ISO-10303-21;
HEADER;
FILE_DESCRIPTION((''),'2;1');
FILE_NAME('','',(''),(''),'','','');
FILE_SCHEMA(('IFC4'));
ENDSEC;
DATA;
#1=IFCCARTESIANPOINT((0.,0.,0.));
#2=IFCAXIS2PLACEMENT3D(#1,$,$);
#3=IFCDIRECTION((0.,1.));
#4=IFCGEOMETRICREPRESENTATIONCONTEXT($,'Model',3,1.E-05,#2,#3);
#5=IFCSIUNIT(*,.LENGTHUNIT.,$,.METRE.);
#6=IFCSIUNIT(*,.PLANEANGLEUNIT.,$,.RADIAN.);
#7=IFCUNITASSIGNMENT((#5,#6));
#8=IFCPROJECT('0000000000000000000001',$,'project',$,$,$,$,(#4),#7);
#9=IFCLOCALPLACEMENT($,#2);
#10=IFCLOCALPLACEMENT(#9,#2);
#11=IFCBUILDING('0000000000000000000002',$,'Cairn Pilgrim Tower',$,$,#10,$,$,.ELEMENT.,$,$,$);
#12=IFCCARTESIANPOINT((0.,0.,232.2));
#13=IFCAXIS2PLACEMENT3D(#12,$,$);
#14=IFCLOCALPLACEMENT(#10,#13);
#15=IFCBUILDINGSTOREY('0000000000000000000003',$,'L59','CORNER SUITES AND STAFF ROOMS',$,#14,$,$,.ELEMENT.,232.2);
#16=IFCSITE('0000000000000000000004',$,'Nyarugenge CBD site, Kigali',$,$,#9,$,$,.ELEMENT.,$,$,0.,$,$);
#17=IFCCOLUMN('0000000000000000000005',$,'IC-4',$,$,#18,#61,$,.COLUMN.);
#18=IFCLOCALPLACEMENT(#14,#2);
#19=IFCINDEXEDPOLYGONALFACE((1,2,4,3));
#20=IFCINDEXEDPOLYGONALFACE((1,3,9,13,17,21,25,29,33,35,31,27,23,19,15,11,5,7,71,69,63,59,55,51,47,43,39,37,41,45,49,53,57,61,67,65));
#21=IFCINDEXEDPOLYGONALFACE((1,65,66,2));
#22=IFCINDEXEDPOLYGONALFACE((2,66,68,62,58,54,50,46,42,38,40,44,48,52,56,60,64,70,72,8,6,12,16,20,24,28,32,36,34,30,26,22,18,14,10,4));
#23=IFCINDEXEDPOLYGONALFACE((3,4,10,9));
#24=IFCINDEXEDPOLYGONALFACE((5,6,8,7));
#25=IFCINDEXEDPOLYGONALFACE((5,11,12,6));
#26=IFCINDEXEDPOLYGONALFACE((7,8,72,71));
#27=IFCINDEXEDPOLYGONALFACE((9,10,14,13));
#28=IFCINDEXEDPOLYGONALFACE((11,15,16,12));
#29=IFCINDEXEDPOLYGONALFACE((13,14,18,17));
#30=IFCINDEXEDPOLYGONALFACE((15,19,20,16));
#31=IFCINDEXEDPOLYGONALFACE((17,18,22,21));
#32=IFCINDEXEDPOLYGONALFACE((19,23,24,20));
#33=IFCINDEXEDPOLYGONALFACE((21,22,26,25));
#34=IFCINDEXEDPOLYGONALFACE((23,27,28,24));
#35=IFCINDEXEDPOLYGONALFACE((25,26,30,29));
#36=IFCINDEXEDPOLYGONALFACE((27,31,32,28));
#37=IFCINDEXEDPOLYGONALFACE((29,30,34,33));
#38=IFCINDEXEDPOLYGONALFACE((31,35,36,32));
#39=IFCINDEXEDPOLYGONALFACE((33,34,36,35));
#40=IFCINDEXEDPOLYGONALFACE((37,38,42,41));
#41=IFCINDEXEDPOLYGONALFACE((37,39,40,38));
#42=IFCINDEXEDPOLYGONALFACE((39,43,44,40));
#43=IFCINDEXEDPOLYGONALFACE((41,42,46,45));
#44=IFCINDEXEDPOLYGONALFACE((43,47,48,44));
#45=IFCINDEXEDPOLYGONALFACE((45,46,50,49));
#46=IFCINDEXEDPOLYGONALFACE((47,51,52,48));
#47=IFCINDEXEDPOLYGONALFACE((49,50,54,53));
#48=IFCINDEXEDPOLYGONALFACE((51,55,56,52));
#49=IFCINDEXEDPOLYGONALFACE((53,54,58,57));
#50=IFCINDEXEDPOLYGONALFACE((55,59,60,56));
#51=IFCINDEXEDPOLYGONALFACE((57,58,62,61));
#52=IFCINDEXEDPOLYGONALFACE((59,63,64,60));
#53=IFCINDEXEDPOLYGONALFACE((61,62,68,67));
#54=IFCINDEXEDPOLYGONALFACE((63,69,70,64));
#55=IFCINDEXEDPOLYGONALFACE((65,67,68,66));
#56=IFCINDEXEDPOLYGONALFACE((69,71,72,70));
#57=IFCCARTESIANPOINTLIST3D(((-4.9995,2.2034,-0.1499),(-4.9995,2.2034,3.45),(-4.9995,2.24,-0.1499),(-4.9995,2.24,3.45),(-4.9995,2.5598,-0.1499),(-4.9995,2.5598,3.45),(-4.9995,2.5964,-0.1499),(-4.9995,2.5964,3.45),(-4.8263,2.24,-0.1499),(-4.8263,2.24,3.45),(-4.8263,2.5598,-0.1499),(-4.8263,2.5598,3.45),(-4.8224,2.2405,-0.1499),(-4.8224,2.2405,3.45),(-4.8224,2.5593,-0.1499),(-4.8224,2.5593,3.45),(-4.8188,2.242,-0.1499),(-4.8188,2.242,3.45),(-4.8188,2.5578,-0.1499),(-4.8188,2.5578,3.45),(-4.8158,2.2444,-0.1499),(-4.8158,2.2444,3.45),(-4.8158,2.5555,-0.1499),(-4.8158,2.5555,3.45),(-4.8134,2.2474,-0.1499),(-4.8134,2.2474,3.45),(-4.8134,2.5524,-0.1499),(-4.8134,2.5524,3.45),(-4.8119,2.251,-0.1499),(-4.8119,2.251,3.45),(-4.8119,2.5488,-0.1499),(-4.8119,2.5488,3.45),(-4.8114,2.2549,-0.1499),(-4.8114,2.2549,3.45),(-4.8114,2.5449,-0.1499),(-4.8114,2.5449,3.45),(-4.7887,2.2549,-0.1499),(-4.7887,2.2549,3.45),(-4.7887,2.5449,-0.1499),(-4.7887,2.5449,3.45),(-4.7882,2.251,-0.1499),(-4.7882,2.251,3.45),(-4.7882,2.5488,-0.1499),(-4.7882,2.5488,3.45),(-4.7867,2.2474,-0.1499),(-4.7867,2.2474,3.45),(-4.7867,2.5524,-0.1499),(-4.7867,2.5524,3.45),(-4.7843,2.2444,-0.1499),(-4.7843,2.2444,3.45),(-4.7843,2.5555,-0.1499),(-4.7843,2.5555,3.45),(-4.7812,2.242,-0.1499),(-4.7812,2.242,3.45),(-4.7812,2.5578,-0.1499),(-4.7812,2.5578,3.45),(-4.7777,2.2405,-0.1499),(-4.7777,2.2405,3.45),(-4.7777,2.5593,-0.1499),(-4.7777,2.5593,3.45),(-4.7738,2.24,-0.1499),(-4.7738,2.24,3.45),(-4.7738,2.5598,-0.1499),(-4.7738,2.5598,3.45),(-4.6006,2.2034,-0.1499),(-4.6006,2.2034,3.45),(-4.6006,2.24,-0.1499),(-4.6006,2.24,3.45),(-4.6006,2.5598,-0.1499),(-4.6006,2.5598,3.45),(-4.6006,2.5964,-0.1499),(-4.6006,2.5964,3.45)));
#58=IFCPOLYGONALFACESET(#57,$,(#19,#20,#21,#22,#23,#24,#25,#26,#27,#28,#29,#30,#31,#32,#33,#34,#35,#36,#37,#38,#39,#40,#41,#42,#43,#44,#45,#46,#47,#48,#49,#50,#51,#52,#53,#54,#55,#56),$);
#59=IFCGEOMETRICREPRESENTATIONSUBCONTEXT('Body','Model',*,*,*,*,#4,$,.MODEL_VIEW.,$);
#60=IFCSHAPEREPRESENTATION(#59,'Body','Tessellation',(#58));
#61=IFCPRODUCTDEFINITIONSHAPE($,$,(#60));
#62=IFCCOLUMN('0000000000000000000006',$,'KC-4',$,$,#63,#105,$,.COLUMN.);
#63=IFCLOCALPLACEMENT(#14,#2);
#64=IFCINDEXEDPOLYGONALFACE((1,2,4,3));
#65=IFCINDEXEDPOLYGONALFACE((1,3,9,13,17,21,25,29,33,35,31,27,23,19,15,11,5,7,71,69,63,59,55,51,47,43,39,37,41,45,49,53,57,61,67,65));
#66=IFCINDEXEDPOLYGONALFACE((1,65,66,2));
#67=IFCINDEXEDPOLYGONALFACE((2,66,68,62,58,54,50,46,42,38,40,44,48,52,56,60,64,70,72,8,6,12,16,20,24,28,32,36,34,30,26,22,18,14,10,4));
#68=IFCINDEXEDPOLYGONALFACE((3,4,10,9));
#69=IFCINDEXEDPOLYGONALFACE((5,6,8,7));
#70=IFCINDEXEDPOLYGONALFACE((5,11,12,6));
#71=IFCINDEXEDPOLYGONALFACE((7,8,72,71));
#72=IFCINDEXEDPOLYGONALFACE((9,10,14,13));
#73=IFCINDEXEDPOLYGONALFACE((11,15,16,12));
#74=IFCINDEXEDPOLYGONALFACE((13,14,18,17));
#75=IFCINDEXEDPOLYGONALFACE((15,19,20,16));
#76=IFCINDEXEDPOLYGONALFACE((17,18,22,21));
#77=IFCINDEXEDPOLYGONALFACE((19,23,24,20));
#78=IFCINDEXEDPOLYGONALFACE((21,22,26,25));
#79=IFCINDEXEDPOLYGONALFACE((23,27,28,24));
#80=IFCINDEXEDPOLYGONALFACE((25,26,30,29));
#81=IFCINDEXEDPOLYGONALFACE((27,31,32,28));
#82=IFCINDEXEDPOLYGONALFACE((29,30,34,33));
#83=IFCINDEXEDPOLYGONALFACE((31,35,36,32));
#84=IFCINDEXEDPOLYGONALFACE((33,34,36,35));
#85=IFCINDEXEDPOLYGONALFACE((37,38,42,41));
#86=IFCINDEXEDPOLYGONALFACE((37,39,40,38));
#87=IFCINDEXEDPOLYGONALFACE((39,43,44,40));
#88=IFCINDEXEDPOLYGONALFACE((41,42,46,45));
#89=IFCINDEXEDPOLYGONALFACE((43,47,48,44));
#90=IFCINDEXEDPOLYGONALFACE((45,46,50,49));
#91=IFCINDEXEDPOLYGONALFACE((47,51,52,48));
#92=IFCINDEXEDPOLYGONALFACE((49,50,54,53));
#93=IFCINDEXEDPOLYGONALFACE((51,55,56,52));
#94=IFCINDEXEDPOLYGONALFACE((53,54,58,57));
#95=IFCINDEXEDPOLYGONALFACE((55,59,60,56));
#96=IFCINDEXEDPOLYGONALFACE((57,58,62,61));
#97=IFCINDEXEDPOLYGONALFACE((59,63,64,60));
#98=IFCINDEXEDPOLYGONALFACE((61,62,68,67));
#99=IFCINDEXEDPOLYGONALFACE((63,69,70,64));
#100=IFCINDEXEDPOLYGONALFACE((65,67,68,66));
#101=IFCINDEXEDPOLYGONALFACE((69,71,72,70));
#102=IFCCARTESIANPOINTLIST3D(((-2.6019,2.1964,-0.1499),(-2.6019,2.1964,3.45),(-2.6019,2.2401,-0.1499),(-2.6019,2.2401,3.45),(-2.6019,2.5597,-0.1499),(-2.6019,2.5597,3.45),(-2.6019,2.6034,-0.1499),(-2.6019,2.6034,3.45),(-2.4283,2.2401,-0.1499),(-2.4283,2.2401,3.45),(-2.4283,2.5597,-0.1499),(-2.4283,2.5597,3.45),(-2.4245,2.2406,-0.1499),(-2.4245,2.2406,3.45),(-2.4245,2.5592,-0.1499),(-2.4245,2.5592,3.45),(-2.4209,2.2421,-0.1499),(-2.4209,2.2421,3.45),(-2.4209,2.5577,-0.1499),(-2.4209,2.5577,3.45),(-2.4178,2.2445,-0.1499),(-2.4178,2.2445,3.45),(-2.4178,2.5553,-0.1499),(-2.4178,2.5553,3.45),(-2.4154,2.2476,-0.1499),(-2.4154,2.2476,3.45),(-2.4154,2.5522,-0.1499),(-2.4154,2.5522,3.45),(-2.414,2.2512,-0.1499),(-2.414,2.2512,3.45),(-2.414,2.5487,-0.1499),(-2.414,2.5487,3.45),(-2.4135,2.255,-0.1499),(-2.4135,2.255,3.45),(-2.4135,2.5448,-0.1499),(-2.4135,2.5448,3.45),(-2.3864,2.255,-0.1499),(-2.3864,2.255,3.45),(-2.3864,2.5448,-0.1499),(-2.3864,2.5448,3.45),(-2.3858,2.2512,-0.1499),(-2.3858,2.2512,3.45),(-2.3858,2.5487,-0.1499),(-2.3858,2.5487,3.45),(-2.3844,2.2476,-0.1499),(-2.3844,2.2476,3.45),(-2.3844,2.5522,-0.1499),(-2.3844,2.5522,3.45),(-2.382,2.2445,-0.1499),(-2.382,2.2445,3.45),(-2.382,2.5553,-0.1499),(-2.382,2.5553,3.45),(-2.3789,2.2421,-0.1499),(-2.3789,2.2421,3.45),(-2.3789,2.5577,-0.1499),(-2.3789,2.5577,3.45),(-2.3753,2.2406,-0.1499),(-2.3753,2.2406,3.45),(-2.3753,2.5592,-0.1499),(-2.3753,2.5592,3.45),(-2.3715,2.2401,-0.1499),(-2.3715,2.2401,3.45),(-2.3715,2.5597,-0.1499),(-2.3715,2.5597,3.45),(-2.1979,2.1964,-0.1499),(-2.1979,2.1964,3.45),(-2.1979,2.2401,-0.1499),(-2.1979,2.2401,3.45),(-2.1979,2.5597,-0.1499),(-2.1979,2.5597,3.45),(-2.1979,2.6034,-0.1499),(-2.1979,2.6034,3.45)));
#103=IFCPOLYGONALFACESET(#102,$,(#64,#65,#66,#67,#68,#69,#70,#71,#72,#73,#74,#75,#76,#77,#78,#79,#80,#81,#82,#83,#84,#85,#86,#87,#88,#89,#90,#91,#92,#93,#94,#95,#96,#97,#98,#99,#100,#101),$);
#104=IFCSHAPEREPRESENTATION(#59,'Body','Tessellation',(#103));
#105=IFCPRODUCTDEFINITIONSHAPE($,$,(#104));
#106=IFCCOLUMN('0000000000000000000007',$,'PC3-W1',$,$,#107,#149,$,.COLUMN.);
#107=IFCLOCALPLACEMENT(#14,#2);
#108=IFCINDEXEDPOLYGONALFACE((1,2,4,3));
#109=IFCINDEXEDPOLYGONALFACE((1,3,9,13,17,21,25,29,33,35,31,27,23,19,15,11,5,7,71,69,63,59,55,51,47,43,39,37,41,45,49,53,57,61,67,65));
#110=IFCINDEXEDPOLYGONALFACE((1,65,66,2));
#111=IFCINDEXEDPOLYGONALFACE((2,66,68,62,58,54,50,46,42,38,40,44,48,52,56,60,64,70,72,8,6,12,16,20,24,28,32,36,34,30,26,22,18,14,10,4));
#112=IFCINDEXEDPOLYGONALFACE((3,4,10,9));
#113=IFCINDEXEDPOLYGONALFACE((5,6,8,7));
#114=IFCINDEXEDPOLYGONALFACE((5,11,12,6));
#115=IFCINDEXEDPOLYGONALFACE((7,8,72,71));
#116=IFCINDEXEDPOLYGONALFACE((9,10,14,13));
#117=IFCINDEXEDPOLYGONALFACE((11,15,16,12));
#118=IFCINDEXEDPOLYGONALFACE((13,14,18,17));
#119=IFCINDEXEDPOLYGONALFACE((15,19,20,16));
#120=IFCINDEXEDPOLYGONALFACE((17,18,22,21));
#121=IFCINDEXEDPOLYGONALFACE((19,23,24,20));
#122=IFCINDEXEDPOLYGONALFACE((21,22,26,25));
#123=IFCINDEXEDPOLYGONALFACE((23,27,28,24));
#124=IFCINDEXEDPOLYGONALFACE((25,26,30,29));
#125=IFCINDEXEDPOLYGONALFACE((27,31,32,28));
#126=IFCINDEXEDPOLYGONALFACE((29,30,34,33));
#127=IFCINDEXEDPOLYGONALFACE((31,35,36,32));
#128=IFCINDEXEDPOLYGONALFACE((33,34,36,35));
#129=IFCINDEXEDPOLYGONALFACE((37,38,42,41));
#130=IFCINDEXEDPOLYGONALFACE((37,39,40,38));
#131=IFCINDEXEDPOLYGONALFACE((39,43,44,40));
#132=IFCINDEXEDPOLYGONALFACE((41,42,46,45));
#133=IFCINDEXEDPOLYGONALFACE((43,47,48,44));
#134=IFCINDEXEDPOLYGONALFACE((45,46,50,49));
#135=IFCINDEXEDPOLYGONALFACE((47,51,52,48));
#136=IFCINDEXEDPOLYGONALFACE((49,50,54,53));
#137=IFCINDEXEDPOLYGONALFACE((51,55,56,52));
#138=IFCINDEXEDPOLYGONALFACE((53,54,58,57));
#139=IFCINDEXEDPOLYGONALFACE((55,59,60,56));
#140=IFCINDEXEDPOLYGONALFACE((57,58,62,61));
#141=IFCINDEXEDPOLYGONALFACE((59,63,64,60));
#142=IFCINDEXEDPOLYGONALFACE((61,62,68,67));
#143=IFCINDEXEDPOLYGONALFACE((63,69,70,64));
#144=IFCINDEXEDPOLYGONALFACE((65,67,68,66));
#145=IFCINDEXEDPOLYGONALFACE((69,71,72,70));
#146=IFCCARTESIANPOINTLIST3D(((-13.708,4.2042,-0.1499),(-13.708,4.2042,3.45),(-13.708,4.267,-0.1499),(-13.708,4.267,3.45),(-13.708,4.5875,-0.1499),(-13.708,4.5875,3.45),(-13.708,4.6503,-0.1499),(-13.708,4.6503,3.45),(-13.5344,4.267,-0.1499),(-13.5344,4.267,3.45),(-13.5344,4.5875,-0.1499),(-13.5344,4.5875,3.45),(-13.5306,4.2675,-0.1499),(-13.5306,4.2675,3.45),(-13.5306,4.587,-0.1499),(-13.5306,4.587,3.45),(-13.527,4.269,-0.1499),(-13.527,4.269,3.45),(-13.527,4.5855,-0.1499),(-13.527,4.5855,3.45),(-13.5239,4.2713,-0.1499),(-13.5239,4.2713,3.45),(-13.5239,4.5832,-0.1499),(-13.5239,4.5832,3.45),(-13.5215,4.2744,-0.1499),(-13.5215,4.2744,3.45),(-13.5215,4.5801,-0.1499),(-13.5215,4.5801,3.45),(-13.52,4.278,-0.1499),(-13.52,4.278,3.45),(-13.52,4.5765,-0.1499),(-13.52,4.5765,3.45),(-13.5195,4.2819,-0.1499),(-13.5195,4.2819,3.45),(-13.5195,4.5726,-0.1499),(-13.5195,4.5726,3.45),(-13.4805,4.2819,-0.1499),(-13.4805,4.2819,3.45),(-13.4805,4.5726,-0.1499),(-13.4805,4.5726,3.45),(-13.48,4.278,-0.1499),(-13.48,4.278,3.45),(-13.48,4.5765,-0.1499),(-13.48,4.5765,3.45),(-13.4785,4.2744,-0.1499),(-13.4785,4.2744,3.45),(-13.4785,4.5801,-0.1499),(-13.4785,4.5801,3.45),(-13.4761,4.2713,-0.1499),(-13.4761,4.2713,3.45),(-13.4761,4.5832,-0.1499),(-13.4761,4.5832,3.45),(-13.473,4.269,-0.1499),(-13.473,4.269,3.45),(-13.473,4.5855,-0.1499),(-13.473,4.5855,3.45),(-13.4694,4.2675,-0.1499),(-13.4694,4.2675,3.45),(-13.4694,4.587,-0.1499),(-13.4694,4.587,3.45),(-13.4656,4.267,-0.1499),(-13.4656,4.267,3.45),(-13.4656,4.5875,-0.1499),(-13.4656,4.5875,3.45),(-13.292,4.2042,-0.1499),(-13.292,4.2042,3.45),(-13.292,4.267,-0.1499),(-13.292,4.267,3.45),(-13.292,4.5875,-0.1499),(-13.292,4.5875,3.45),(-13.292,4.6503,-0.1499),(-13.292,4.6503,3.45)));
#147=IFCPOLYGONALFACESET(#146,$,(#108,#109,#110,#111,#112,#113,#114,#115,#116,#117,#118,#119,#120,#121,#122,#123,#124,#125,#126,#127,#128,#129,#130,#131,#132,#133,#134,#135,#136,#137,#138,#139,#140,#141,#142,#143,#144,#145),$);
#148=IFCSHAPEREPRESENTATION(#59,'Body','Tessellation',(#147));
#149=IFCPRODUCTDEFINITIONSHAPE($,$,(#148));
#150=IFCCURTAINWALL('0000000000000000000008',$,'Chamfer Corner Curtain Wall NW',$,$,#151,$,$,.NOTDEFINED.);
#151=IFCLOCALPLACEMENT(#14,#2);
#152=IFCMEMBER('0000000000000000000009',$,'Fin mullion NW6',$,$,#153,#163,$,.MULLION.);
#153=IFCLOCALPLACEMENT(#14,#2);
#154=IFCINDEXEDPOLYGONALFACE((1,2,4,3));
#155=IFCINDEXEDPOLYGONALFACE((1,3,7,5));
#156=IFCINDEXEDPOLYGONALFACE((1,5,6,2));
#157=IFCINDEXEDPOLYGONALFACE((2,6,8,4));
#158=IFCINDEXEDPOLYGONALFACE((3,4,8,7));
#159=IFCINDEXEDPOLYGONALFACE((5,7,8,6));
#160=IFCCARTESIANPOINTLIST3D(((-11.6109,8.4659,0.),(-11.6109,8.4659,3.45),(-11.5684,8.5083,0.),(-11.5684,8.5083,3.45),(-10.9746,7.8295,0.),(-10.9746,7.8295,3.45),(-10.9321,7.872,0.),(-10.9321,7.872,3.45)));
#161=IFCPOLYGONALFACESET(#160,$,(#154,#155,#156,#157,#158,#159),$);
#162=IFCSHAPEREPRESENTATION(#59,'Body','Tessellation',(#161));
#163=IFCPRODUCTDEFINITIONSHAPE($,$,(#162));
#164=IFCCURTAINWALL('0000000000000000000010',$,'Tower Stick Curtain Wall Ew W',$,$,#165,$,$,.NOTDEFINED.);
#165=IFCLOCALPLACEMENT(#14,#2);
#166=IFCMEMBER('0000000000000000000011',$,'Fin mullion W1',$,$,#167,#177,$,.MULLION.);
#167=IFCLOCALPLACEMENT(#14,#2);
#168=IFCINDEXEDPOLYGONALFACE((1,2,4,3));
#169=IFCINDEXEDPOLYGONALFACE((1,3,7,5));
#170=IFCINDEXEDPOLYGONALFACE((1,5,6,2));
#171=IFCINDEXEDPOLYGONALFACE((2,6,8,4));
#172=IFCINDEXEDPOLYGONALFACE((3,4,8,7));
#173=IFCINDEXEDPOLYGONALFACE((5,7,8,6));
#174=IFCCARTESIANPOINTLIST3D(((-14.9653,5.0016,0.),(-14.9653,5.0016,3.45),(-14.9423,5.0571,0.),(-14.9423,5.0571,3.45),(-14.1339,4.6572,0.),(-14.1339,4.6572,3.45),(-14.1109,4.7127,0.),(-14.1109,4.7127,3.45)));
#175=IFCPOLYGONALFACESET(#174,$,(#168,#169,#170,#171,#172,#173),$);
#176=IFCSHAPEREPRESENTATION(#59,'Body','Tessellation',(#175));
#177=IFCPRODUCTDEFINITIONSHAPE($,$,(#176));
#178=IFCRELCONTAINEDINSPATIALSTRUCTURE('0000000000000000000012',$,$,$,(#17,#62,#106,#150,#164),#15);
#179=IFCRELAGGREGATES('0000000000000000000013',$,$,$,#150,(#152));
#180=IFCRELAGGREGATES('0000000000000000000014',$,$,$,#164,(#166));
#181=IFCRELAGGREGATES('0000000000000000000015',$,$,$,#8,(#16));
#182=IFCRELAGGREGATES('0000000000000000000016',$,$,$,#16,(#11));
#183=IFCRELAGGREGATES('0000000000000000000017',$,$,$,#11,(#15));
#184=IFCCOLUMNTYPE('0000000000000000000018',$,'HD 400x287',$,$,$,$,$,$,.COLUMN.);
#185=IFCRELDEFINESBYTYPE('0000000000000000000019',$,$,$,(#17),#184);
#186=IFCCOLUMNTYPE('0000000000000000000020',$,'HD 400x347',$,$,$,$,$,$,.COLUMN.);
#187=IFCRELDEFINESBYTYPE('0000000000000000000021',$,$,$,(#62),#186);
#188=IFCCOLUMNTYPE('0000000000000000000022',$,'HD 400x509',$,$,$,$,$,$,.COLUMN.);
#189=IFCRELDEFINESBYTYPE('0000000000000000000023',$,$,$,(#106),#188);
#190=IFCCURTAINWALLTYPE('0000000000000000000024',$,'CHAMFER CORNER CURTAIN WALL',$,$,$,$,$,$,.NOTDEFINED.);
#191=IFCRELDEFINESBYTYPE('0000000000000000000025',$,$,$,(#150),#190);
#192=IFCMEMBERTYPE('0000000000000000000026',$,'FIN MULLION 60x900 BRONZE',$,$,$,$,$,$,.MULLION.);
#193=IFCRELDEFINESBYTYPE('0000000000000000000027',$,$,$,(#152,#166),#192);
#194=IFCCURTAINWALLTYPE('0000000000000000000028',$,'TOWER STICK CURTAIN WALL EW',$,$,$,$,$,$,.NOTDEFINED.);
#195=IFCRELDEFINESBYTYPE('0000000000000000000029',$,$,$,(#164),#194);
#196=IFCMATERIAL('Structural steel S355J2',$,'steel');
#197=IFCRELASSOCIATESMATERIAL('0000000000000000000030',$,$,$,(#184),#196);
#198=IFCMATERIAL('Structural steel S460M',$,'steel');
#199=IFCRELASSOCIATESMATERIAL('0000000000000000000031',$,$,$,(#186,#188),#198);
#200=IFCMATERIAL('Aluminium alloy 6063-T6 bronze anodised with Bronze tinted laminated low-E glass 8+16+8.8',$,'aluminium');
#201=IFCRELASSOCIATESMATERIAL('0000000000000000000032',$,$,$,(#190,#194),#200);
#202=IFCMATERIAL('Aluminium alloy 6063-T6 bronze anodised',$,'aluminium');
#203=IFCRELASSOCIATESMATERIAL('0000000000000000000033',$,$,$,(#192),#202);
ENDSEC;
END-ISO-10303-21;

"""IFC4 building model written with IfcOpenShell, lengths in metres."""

from ifc_helpers import new_model, si_unit, direction, frame, origin, origin_2d, place, context, subcontext, project, spatial, rectangle, i_section, extrude, material, material_profile, profile_set, type_object, element, aggregate, save


model = new_model("IFC4")

# Units and contexts
model_context = context("Model", 3, precision=1e-05, world=origin(), true_north=direction((0.0, 1.0)))
body_context = subcontext(model_context, "Body", "Model", "MODEL_VIEW")
ifc_project = project(units=[si_unit("LENGTHUNIT", "METRE"), si_unit("PLANEANGLEUNIT", "RADIAN")], contexts=[model_context])

# Site, building, storey
site_placement = place(None, origin())
site = spatial("IfcSite", under=ifc_project, at=site_placement, Name="Nyarugenge CBD site, Kigali", CompositionType="ELEMENT", RefElevation=0.0)
building_placement = place(site_placement, origin())
building = spatial("IfcBuilding", under=site, at=building_placement, Name="Cairn Pilgrim Tower", CompositionType="ELEMENT")
storey_placement = place(building_placement, frame((0.0, 0.0, 232.2)))
storey = spatial("IfcBuildingStorey", under=building, at=storey_placement, Name="L59", Description="CORNER SUITES AND STAFF ROOMS", CompositionType="ELEMENT", Elevation=232.2)

# Columns
ifc_material_1 = material(Name="Structural steel S355J2", Category="steel")
ifc_material_profile_1 = material_profile(ifc_material_1, i_section(OverallWidth=0.3989, OverallDepth=0.3931, WebThickness=0.0227, FlangeThickness=0.0366, FilletRadius=0.0149, at=origin_2d()), Name="HD 400x287")
ifc_profile_set_1 = profile_set([ifc_material_profile_1], Name="Structural steel S355J2")
column_type_1 = type_object("IfcColumnType", Name="HD 400x287", PredefinedType="COLUMN", material=ifc_profile_set_1)
column_1_placement = place(storey_placement, frame((-4.8, 2.3999, -0.1499), z_axis=(0.0, 0.0, 1.0), x_axis=(1.0, 0.0, 0.0)))
element("IfcColumn", 1, at=column_1_placement, inside=storey, type_object=column_type_1, Name="IC-4", PredefinedType="COLUMN", context=body_context, shape_type="SweptSolid", body=[
    extrude(i_section(OverallWidth=0.3989, OverallDepth=0.3931, WebThickness=0.0227, FlangeThickness=0.0366, FilletRadius=0.0149, at=origin_2d()), origin(), (0.0, 0.0, 1.0), 3.5999),
])
ifc_material_2 = material(Name="Structural steel S460M", Category="steel")
ifc_material_profile_2 = material_profile(ifc_material_2, i_section(OverallWidth=0.4041, OverallDepth=0.407, WebThickness=0.0271, FlangeThickness=0.0437, FilletRadius=0.0149, at=origin_2d()), Name="HD 400x347")
ifc_profile_set_2 = profile_set([ifc_material_profile_2], Name="Structural steel S460M")
column_type_2 = type_object("IfcColumnType", Name="HD 400x347", PredefinedType="COLUMN", material=ifc_profile_set_2)
column_2_placement = place(storey_placement, frame((-2.3999, 2.3999, -0.1499), z_axis=(0.0, 0.0, 1.0), x_axis=(1.0, 0.0, 0.0)))
element("IfcColumn", 2, at=column_2_placement, inside=storey, type_object=column_type_2, Name="KC-4", PredefinedType="COLUMN", context=body_context, shape_type="SweptSolid", body=[
    extrude(i_section(OverallWidth=0.4041, OverallDepth=0.407, WebThickness=0.0271, FlangeThickness=0.0437, FilletRadius=0.0149, at=origin_2d()), origin(), (0.0, 0.0, 1.0), 3.5999),
])
ifc_material_profile_3 = material_profile(ifc_material_2, i_section(OverallWidth=0.416, OverallDepth=0.446, WebThickness=0.0391, FlangeThickness=0.0627, FilletRadius=0.0149, at=origin_2d()), Name="HD 400x509")
ifc_profile_set_3 = profile_set([ifc_material_profile_3], Name="Structural steel S460M")
column_type_3 = type_object("IfcColumnType", Name="HD 400x509", PredefinedType="COLUMN", material=ifc_profile_set_3)
column_3_placement = place(storey_placement, frame((-13.5, 4.4272, -0.1499), z_axis=(0.0, 0.0, 1.0), x_axis=(1.0, 0.0, 0.0)))
element("IfcColumn", 3, at=column_3_placement, inside=storey, type_object=column_type_3, Name="PC3-W1", PredefinedType="COLUMN", context=body_context, shape_type="SweptSolid", body=[
    extrude(i_section(OverallWidth=0.416, OverallDepth=0.446, WebThickness=0.0391, FlangeThickness=0.0627, FilletRadius=0.0149, at=origin_2d()), origin(), (0.0, 0.0, 1.0), 3.5999),
])

# Curtain walls, members
ifc_material_3 = material(Name="Aluminium alloy 6063-T6 bronze anodised with Bronze tinted laminated low-E glass 8+16+8.8", Category="aluminium")
curtain_wall_type_1 = type_object("IfcCurtainWallType", Name="CHAMFER CORNER CURTAIN WALL", PredefinedType="NOTDEFINED", material=ifc_material_3)
curtain_wall_1_placement = place(storey_placement, origin())
curtain_wall_1 = element("IfcCurtainWall", 4, at=curtain_wall_1_placement, inside=storey, type_object=curtain_wall_type_1, Name="Chamfer Corner Curtain Wall NW", PredefinedType="NOTDEFINED")
ifc_material_4 = material(Name="Aluminium alloy 6063-T6 bronze anodised", Category="aluminium")
ifc_material_profile_4 = material_profile(ifc_material_4, rectangle(XDim=0.8999, YDim=0.0601, at=origin_2d()), Name="FIN MULLION 60x900 BRONZE")
ifc_profile_set_4 = profile_set([ifc_material_profile_4], Name="Aluminium alloy 6063-T6 bronze anodised")
member_type_1 = type_object("IfcMemberType", Name="FIN MULLION 60x900 BRONZE", PredefinedType="MULLION", material=ifc_profile_set_4)
member_1_placement = place(storey_placement, frame((-11.2715, 8.1689, 0.0), z_axis=(0.0, 0.0, 1.0), x_axis=(-0.707107, 0.707107, 0.0)))
member_1 = element("IfcMember", 5, at=member_1_placement, type_object=member_type_1, Name="Fin mullion NW6", PredefinedType="MULLION", context=body_context, shape_type="SweptSolid", body=[
    extrude(rectangle(XDim=0.8999, YDim=0.0601, at=origin_2d()), origin(), (0.0, 0.0, 1.0), 3.45),
])
curtain_wall_type_2 = type_object("IfcCurtainWallType", Name="TOWER STICK CURTAIN WALL EW", PredefinedType="NOTDEFINED", material=ifc_material_3)
curtain_wall_2_placement = place(storey_placement, origin())
curtain_wall_2 = element("IfcCurtainWall", 6, at=curtain_wall_2_placement, inside=storey, type_object=curtain_wall_type_2, Name="Tower Stick Curtain Wall Ew W", PredefinedType="NOTDEFINED")
member_2_placement = place(storey_placement, frame((-14.5381, 4.8572, 0.0), z_axis=(0.0, 0.0, 1.0), x_axis=(-0.92388, 0.382683, 0.0)))
member_2 = element("IfcMember", 7, at=member_2_placement, type_object=member_type_1, Name="Fin mullion W1", PredefinedType="MULLION", context=body_context, shape_type="SweptSolid", body=[
    extrude(rectangle(XDim=0.8999, YDim=0.0601, at=origin_2d()), origin(), (0.0, 0.0, 1.0), 3.45),
])

aggregate(curtain_wall_1, [member_1])
aggregate(curtain_wall_2, [member_2])

save(model, "model.ifc")
